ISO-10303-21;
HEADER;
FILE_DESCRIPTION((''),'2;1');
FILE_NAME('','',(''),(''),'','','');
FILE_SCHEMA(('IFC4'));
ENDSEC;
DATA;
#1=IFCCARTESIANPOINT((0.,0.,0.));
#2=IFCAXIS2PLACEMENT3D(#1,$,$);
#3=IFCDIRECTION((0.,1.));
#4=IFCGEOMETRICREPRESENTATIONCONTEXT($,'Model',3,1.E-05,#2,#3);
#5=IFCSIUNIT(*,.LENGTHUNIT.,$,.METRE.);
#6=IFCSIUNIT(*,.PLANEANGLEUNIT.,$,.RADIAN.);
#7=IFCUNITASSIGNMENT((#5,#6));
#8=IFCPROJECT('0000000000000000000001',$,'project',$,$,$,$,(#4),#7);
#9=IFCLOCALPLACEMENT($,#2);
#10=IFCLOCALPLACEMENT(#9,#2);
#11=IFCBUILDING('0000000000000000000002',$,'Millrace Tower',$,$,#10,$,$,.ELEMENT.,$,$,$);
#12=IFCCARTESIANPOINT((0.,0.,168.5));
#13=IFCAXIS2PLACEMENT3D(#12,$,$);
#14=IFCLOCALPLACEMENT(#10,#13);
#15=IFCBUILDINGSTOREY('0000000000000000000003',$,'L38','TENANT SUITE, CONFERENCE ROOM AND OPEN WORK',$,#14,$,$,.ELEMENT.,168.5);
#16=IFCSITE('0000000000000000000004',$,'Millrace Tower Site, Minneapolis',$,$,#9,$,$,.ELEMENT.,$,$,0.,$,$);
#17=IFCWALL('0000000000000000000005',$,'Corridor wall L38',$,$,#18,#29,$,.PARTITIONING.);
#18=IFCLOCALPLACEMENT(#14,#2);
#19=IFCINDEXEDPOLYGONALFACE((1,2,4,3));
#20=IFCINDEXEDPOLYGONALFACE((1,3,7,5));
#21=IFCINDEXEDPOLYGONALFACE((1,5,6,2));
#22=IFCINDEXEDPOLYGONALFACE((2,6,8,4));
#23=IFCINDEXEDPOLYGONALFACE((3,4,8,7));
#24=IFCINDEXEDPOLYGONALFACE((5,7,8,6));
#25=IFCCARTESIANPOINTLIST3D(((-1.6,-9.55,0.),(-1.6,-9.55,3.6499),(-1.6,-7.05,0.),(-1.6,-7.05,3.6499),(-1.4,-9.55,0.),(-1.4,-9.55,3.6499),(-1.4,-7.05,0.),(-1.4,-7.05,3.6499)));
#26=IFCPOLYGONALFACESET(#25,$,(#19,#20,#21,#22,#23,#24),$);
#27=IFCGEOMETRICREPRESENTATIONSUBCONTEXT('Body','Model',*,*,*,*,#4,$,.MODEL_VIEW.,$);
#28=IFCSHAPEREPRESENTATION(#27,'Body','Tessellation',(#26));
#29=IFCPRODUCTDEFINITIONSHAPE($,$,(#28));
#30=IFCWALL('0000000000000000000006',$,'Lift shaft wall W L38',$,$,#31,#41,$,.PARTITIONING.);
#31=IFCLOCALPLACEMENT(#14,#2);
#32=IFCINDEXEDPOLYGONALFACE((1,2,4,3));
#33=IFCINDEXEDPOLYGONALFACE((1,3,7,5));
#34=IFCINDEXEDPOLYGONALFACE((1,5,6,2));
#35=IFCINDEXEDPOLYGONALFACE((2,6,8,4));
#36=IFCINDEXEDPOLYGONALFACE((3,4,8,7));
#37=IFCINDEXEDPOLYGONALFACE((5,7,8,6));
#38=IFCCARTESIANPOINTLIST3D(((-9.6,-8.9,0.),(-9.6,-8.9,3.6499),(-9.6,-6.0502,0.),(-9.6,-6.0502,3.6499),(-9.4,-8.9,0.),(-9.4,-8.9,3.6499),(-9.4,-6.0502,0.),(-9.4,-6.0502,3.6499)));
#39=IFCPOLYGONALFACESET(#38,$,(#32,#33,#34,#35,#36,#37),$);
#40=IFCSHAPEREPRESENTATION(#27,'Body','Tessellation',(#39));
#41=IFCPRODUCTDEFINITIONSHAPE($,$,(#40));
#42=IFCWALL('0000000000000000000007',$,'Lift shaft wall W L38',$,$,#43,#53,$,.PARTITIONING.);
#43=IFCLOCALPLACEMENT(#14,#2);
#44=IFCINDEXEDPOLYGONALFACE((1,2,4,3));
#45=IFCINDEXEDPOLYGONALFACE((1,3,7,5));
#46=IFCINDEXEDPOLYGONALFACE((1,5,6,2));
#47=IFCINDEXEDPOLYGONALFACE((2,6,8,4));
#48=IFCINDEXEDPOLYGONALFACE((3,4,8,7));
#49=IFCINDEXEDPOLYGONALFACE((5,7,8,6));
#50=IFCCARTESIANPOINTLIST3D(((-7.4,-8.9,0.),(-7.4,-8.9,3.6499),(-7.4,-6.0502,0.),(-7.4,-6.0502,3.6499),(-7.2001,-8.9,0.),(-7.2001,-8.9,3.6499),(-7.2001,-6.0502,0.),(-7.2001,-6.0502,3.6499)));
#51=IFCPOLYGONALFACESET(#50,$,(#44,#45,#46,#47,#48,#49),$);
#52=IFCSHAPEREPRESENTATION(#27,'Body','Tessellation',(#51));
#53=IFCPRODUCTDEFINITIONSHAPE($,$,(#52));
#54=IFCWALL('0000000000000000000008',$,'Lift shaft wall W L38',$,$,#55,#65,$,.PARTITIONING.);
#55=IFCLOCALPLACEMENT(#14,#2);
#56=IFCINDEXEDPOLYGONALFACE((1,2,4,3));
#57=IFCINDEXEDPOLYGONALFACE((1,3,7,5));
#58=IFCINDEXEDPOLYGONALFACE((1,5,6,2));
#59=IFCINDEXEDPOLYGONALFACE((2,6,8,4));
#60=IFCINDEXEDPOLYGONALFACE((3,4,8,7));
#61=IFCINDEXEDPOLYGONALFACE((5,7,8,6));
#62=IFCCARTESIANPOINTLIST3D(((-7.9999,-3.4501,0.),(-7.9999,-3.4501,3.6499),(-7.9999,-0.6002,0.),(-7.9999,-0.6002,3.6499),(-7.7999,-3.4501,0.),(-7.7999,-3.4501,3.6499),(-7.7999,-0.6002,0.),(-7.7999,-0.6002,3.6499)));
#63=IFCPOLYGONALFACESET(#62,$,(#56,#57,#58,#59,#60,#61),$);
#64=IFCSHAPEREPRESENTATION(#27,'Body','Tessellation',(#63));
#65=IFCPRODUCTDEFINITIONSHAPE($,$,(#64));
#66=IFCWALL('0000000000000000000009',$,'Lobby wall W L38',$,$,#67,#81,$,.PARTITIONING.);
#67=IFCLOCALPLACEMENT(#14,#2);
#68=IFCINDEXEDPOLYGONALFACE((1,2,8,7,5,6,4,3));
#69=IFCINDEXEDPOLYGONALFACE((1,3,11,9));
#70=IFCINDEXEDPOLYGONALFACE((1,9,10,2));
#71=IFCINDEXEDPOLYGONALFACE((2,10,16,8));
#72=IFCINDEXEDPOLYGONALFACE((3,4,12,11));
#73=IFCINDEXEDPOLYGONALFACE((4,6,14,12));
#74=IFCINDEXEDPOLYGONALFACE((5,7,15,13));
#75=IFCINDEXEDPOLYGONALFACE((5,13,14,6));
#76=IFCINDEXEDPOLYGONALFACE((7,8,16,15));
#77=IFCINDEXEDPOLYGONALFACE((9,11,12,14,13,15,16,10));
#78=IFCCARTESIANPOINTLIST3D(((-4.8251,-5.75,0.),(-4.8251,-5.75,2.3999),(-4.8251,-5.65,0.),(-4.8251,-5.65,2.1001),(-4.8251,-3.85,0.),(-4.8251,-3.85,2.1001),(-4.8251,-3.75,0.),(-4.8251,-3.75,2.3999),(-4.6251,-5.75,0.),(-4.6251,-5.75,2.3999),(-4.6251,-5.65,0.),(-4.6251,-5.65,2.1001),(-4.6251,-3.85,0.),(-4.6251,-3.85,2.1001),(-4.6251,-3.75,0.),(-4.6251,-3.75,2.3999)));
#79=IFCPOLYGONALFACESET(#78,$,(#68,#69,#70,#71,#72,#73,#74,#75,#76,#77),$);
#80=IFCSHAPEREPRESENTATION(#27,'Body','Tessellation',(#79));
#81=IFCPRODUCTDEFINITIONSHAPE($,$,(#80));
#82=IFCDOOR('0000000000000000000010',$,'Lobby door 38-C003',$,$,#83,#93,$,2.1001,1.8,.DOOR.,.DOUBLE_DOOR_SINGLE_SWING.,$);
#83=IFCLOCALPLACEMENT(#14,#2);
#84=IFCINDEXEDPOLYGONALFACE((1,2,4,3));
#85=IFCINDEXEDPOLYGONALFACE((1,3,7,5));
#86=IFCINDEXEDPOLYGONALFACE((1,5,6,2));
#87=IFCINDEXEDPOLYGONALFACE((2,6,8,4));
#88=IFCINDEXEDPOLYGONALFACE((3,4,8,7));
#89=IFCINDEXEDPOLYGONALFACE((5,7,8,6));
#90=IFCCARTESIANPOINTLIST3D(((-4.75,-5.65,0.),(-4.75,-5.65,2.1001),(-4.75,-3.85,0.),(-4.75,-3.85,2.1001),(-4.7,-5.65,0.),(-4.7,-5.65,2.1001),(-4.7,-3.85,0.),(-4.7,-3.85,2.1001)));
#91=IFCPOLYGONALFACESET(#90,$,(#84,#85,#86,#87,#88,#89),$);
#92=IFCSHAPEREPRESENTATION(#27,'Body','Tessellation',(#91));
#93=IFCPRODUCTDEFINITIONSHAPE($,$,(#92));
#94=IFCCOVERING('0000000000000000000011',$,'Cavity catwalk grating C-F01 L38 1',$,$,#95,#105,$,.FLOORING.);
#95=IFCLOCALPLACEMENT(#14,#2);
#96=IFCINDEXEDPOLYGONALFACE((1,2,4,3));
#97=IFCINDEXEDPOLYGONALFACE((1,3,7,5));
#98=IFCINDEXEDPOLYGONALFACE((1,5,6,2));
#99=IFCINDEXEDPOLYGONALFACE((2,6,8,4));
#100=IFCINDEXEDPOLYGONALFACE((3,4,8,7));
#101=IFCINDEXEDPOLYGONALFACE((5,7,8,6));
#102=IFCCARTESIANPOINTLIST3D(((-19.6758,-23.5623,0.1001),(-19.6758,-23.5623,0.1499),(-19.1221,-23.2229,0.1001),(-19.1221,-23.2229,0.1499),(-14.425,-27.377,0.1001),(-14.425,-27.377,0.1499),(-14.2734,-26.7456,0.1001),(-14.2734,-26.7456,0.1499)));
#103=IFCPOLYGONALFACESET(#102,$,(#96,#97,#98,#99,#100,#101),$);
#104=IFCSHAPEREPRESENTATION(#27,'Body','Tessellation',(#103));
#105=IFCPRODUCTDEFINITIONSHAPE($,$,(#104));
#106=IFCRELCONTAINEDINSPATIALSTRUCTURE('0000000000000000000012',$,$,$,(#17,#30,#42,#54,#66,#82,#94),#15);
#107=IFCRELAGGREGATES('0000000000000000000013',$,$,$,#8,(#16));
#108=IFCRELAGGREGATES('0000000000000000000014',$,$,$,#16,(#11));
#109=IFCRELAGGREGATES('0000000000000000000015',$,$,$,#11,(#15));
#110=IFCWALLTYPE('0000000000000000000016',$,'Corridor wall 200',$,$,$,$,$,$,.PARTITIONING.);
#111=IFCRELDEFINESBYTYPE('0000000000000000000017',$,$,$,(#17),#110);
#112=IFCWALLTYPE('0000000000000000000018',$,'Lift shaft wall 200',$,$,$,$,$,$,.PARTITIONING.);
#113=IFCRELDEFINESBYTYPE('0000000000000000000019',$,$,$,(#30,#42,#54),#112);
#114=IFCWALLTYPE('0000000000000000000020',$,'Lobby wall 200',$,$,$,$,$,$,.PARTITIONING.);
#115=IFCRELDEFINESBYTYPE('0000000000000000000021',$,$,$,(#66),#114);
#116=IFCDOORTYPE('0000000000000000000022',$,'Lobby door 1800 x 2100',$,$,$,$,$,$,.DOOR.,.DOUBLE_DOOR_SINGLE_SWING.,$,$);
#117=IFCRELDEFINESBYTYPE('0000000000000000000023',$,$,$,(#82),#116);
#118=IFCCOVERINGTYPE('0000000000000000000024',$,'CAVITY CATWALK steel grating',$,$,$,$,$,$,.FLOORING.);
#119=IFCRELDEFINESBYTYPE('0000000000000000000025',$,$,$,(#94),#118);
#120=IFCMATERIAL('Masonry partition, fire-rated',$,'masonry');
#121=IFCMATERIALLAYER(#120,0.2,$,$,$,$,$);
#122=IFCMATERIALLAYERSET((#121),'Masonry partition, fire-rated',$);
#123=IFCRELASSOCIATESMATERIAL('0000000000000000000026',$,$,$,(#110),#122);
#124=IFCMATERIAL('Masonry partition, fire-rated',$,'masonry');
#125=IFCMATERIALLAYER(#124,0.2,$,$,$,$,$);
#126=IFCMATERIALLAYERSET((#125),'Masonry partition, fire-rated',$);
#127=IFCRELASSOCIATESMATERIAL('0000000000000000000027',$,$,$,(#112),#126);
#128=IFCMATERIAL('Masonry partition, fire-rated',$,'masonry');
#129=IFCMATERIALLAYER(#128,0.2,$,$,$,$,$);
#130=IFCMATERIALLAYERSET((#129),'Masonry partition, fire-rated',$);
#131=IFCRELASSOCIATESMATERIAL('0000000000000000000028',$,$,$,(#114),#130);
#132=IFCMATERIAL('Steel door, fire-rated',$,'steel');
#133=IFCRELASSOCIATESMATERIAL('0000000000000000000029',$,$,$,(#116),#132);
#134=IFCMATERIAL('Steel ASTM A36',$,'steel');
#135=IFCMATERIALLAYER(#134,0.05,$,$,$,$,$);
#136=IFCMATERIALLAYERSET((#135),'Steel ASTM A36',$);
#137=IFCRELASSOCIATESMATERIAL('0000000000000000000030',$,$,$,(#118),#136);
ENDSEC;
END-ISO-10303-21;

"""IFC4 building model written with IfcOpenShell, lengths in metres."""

from ifc_helpers import new_model, si_unit, direction, frame, frame_2d, origin, place, context, subcontext, project, spatial, polyline, rectangle, outline, extrude, material, layer, layer_set, type_object, element, fill, save


model = new_model("IFC4")

# Units and contexts
model_context = context("Model", 3, precision=1e-05, world=origin(), true_north=direction((0.0, 1.0)))
body_context = subcontext(model_context, "Body", "Model", "MODEL_VIEW")
ifc_project = project(units=[si_unit("LENGTHUNIT", "METRE"), si_unit("PLANEANGLEUNIT", "RADIAN")], contexts=[model_context])

# Site, building, storey
site_placement = place(None, origin())
site = spatial("IfcSite", under=ifc_project, at=site_placement, Name="Millrace Tower Site, Minneapolis", CompositionType="ELEMENT", RefElevation=0.0)
building_placement = place(site_placement, origin())
building = spatial("IfcBuilding", under=site, at=building_placement, Name="Millrace Tower", CompositionType="ELEMENT")
storey_placement = place(building_placement, frame((0.0, 0.0, 168.5)))
storey = spatial("IfcBuildingStorey", under=building, at=storey_placement, Name="L38", Description="TENANT SUITE, CONFERENCE ROOM AND OPEN WORK", CompositionType="ELEMENT", Elevation=168.5)

# Shared definitions
ifc_material_1 = material(Name="Masonry partition, fire-rated", Category="masonry")
ifc_layer_1 = layer(ifc_material_1, 0.2)
ifc_layer_set_1 = layer_set([ifc_layer_1], Name="Masonry partition, fire-rated")
wall_type_1 = type_object("IfcWallType", Name="Corridor wall 200", PredefinedType="PARTITIONING", material=ifc_layer_set_1)

# Walls
wall_1_placement = place(storey_placement, frame((-1.5, -9.55, 0.0), z_axis=(0.0, 0.0, 1.0), x_axis=(0.0, 1.0, 0.0)))
element("IfcWall", 1, at=wall_1_placement, inside=storey, type_object=wall_type_1, Name="Corridor wall L38", PredefinedType="PARTITIONING", context=body_context, shape_type="SweptSolid", body=[
    extrude(rectangle(XDim=2.5, YDim=0.2, at=frame_2d((1.25, 0.0))), origin(), (0.0, 0.0, 1.0), 3.6499),
])
ifc_material_2 = material(Name="Masonry partition, fire-rated", Category="masonry")
ifc_layer_2 = layer(ifc_material_2, 0.2)
ifc_layer_set_2 = layer_set([ifc_layer_2], Name="Masonry partition, fire-rated")
wall_type_2 = type_object("IfcWallType", Name="Lift shaft wall 200", PredefinedType="PARTITIONING", material=ifc_layer_set_2)
for number, where, z_axis, x_axis, name in (
    (2, (-9.5, -8.8999, 0.0), (0.0, 0.0, 1.0), (0.0, 1.0, 0.0), "Lift shaft wall W L38"),
    (3, (-7.3, -8.8999, 0.0), (0.0, 0.0, 1.0), (0.0, 1.0, 0.0), "Lift shaft wall W L38"),
    (4, (-7.8999, -3.45, 0.0), (0.0, 0.0, 1.0), (0.0, 1.0, 0.0), "Lift shaft wall W L38"),
):
    element("IfcWall", number, at=place(storey_placement, frame(where, z_axis=z_axis, x_axis=x_axis)), inside=storey, type_object=wall_type_2, Name=name, PredefinedType="PARTITIONING", context=body_context, shape_type="SweptSolid", body=[
        extrude(rectangle(XDim=2.8499, YDim=0.2, at=frame_2d((1.4248, 0.0))), origin(), (0.0, 0.0, 1.0), 3.6499),
    ])

# Wall, opening, door
ifc_material_3 = material(Name="Masonry partition, fire-rated", Category="masonry")
ifc_layer_3 = layer(ifc_material_3, 0.2)
ifc_layer_set_3 = layer_set([ifc_layer_3], Name="Masonry partition, fire-rated")
wall_type_3 = type_object("IfcWallType", Name="Lobby wall 200", PredefinedType="PARTITIONING", material=ifc_layer_set_3)
wall_2_placement = place(storey_placement, frame((-4.7251, -5.75, 0.0), z_axis=(0.0, 0.0, 1.0), x_axis=(0.0, 1.0, 0.0)))
wall_2 = element("IfcWall", 5, at=wall_2_placement, inside=storey, type_object=wall_type_3, Name="Lobby wall W L38", PredefinedType="PARTITIONING", context=body_context, shape_type="SweptSolid", body=[
    extrude(rectangle(XDim=2.0, YDim=0.2, at=frame_2d((1.0, 0.0))), origin(), (0.0, 0.0, 1.0), 2.3999),
])
opening_1_placement = place(wall_2_placement, frame((0.1001, 0.0, 0.0)))
opening_1 = element("IfcOpeningElement", 6, at=opening_1_placement, cuts=wall_2, PredefinedType="OPENING", context=body_context, shape_type="SweptSolid", body=[
    extrude(rectangle(XDim=1.8, YDim=2.1001, at=frame_2d((0.8999, 1.05))), frame((0.0, 0.1099, 0.0), z_axis=(0.0, -1.0, 0.0), x_axis=(1.0, 0.0, 0.0)), (0.0, 0.0, 1.0), 0.22),
])
ifc_material_4 = material(Name="Steel door, fire-rated", Category="steel")
door_type_1 = type_object("IfcDoorType", Name="Lobby door 1800 x 2100", OperationType="DOUBLE_DOOR_SINGLE_SWING", PredefinedType="DOOR", material=ifc_material_4)
door_1_placement = place(opening_1_placement, origin())
door_1 = element("IfcDoor", 7, at=door_1_placement, inside=storey, type_object=door_type_1, Name="Lobby door 38-C003", OperationType="DOUBLE_DOOR_SINGLE_SWING", OverallHeight=2.1001, OverallWidth=1.8, PredefinedType="DOOR", context=body_context, shape_type="SweptSolid", body=[
    extrude(rectangle(XDim=1.8, YDim=2.1001, at=frame_2d((0.8999, 1.05))), frame((0.0, 0.0249, 0.0), z_axis=(0.0, -1.0, 0.0), x_axis=(1.0, 0.0, 0.0)), (0.0, 0.0, 1.0), 0.05),
])
fill(opening_1, door_1)

# Covering
ifc_material_5 = material(Name="Steel ASTM A36", Category="steel")
ifc_layer_4 = layer(ifc_material_5, 0.05)
ifc_layer_set_4 = layer_set([ifc_layer_4], Name="Steel ASTM A36")
covering_type = type_object("IfcCoveringType", Name="CAVITY CATWALK steel grating", PredefinedType="FLOORING", material=ifc_layer_set_4)
covering_placement = place(storey_placement, frame((0.0, 0.0, 0.1001)))
element("IfcCovering", 8, at=covering_placement, inside=storey, type_object=covering_type, Name="Cavity catwalk grating C-F01 L38 1", PredefinedType="FLOORING", context=body_context, shape_type="SweptSolid", body=[
    extrude(outline(polyline([(-19.6758, -23.5623), (-14.425, -27.377), (-14.2734, -26.7456), (-19.1221, -23.2229), (-19.6758, -23.5623)])), origin(), (0.0, 0.0, 1.0), 0.0498),
])

save(model, "model.ifc")
